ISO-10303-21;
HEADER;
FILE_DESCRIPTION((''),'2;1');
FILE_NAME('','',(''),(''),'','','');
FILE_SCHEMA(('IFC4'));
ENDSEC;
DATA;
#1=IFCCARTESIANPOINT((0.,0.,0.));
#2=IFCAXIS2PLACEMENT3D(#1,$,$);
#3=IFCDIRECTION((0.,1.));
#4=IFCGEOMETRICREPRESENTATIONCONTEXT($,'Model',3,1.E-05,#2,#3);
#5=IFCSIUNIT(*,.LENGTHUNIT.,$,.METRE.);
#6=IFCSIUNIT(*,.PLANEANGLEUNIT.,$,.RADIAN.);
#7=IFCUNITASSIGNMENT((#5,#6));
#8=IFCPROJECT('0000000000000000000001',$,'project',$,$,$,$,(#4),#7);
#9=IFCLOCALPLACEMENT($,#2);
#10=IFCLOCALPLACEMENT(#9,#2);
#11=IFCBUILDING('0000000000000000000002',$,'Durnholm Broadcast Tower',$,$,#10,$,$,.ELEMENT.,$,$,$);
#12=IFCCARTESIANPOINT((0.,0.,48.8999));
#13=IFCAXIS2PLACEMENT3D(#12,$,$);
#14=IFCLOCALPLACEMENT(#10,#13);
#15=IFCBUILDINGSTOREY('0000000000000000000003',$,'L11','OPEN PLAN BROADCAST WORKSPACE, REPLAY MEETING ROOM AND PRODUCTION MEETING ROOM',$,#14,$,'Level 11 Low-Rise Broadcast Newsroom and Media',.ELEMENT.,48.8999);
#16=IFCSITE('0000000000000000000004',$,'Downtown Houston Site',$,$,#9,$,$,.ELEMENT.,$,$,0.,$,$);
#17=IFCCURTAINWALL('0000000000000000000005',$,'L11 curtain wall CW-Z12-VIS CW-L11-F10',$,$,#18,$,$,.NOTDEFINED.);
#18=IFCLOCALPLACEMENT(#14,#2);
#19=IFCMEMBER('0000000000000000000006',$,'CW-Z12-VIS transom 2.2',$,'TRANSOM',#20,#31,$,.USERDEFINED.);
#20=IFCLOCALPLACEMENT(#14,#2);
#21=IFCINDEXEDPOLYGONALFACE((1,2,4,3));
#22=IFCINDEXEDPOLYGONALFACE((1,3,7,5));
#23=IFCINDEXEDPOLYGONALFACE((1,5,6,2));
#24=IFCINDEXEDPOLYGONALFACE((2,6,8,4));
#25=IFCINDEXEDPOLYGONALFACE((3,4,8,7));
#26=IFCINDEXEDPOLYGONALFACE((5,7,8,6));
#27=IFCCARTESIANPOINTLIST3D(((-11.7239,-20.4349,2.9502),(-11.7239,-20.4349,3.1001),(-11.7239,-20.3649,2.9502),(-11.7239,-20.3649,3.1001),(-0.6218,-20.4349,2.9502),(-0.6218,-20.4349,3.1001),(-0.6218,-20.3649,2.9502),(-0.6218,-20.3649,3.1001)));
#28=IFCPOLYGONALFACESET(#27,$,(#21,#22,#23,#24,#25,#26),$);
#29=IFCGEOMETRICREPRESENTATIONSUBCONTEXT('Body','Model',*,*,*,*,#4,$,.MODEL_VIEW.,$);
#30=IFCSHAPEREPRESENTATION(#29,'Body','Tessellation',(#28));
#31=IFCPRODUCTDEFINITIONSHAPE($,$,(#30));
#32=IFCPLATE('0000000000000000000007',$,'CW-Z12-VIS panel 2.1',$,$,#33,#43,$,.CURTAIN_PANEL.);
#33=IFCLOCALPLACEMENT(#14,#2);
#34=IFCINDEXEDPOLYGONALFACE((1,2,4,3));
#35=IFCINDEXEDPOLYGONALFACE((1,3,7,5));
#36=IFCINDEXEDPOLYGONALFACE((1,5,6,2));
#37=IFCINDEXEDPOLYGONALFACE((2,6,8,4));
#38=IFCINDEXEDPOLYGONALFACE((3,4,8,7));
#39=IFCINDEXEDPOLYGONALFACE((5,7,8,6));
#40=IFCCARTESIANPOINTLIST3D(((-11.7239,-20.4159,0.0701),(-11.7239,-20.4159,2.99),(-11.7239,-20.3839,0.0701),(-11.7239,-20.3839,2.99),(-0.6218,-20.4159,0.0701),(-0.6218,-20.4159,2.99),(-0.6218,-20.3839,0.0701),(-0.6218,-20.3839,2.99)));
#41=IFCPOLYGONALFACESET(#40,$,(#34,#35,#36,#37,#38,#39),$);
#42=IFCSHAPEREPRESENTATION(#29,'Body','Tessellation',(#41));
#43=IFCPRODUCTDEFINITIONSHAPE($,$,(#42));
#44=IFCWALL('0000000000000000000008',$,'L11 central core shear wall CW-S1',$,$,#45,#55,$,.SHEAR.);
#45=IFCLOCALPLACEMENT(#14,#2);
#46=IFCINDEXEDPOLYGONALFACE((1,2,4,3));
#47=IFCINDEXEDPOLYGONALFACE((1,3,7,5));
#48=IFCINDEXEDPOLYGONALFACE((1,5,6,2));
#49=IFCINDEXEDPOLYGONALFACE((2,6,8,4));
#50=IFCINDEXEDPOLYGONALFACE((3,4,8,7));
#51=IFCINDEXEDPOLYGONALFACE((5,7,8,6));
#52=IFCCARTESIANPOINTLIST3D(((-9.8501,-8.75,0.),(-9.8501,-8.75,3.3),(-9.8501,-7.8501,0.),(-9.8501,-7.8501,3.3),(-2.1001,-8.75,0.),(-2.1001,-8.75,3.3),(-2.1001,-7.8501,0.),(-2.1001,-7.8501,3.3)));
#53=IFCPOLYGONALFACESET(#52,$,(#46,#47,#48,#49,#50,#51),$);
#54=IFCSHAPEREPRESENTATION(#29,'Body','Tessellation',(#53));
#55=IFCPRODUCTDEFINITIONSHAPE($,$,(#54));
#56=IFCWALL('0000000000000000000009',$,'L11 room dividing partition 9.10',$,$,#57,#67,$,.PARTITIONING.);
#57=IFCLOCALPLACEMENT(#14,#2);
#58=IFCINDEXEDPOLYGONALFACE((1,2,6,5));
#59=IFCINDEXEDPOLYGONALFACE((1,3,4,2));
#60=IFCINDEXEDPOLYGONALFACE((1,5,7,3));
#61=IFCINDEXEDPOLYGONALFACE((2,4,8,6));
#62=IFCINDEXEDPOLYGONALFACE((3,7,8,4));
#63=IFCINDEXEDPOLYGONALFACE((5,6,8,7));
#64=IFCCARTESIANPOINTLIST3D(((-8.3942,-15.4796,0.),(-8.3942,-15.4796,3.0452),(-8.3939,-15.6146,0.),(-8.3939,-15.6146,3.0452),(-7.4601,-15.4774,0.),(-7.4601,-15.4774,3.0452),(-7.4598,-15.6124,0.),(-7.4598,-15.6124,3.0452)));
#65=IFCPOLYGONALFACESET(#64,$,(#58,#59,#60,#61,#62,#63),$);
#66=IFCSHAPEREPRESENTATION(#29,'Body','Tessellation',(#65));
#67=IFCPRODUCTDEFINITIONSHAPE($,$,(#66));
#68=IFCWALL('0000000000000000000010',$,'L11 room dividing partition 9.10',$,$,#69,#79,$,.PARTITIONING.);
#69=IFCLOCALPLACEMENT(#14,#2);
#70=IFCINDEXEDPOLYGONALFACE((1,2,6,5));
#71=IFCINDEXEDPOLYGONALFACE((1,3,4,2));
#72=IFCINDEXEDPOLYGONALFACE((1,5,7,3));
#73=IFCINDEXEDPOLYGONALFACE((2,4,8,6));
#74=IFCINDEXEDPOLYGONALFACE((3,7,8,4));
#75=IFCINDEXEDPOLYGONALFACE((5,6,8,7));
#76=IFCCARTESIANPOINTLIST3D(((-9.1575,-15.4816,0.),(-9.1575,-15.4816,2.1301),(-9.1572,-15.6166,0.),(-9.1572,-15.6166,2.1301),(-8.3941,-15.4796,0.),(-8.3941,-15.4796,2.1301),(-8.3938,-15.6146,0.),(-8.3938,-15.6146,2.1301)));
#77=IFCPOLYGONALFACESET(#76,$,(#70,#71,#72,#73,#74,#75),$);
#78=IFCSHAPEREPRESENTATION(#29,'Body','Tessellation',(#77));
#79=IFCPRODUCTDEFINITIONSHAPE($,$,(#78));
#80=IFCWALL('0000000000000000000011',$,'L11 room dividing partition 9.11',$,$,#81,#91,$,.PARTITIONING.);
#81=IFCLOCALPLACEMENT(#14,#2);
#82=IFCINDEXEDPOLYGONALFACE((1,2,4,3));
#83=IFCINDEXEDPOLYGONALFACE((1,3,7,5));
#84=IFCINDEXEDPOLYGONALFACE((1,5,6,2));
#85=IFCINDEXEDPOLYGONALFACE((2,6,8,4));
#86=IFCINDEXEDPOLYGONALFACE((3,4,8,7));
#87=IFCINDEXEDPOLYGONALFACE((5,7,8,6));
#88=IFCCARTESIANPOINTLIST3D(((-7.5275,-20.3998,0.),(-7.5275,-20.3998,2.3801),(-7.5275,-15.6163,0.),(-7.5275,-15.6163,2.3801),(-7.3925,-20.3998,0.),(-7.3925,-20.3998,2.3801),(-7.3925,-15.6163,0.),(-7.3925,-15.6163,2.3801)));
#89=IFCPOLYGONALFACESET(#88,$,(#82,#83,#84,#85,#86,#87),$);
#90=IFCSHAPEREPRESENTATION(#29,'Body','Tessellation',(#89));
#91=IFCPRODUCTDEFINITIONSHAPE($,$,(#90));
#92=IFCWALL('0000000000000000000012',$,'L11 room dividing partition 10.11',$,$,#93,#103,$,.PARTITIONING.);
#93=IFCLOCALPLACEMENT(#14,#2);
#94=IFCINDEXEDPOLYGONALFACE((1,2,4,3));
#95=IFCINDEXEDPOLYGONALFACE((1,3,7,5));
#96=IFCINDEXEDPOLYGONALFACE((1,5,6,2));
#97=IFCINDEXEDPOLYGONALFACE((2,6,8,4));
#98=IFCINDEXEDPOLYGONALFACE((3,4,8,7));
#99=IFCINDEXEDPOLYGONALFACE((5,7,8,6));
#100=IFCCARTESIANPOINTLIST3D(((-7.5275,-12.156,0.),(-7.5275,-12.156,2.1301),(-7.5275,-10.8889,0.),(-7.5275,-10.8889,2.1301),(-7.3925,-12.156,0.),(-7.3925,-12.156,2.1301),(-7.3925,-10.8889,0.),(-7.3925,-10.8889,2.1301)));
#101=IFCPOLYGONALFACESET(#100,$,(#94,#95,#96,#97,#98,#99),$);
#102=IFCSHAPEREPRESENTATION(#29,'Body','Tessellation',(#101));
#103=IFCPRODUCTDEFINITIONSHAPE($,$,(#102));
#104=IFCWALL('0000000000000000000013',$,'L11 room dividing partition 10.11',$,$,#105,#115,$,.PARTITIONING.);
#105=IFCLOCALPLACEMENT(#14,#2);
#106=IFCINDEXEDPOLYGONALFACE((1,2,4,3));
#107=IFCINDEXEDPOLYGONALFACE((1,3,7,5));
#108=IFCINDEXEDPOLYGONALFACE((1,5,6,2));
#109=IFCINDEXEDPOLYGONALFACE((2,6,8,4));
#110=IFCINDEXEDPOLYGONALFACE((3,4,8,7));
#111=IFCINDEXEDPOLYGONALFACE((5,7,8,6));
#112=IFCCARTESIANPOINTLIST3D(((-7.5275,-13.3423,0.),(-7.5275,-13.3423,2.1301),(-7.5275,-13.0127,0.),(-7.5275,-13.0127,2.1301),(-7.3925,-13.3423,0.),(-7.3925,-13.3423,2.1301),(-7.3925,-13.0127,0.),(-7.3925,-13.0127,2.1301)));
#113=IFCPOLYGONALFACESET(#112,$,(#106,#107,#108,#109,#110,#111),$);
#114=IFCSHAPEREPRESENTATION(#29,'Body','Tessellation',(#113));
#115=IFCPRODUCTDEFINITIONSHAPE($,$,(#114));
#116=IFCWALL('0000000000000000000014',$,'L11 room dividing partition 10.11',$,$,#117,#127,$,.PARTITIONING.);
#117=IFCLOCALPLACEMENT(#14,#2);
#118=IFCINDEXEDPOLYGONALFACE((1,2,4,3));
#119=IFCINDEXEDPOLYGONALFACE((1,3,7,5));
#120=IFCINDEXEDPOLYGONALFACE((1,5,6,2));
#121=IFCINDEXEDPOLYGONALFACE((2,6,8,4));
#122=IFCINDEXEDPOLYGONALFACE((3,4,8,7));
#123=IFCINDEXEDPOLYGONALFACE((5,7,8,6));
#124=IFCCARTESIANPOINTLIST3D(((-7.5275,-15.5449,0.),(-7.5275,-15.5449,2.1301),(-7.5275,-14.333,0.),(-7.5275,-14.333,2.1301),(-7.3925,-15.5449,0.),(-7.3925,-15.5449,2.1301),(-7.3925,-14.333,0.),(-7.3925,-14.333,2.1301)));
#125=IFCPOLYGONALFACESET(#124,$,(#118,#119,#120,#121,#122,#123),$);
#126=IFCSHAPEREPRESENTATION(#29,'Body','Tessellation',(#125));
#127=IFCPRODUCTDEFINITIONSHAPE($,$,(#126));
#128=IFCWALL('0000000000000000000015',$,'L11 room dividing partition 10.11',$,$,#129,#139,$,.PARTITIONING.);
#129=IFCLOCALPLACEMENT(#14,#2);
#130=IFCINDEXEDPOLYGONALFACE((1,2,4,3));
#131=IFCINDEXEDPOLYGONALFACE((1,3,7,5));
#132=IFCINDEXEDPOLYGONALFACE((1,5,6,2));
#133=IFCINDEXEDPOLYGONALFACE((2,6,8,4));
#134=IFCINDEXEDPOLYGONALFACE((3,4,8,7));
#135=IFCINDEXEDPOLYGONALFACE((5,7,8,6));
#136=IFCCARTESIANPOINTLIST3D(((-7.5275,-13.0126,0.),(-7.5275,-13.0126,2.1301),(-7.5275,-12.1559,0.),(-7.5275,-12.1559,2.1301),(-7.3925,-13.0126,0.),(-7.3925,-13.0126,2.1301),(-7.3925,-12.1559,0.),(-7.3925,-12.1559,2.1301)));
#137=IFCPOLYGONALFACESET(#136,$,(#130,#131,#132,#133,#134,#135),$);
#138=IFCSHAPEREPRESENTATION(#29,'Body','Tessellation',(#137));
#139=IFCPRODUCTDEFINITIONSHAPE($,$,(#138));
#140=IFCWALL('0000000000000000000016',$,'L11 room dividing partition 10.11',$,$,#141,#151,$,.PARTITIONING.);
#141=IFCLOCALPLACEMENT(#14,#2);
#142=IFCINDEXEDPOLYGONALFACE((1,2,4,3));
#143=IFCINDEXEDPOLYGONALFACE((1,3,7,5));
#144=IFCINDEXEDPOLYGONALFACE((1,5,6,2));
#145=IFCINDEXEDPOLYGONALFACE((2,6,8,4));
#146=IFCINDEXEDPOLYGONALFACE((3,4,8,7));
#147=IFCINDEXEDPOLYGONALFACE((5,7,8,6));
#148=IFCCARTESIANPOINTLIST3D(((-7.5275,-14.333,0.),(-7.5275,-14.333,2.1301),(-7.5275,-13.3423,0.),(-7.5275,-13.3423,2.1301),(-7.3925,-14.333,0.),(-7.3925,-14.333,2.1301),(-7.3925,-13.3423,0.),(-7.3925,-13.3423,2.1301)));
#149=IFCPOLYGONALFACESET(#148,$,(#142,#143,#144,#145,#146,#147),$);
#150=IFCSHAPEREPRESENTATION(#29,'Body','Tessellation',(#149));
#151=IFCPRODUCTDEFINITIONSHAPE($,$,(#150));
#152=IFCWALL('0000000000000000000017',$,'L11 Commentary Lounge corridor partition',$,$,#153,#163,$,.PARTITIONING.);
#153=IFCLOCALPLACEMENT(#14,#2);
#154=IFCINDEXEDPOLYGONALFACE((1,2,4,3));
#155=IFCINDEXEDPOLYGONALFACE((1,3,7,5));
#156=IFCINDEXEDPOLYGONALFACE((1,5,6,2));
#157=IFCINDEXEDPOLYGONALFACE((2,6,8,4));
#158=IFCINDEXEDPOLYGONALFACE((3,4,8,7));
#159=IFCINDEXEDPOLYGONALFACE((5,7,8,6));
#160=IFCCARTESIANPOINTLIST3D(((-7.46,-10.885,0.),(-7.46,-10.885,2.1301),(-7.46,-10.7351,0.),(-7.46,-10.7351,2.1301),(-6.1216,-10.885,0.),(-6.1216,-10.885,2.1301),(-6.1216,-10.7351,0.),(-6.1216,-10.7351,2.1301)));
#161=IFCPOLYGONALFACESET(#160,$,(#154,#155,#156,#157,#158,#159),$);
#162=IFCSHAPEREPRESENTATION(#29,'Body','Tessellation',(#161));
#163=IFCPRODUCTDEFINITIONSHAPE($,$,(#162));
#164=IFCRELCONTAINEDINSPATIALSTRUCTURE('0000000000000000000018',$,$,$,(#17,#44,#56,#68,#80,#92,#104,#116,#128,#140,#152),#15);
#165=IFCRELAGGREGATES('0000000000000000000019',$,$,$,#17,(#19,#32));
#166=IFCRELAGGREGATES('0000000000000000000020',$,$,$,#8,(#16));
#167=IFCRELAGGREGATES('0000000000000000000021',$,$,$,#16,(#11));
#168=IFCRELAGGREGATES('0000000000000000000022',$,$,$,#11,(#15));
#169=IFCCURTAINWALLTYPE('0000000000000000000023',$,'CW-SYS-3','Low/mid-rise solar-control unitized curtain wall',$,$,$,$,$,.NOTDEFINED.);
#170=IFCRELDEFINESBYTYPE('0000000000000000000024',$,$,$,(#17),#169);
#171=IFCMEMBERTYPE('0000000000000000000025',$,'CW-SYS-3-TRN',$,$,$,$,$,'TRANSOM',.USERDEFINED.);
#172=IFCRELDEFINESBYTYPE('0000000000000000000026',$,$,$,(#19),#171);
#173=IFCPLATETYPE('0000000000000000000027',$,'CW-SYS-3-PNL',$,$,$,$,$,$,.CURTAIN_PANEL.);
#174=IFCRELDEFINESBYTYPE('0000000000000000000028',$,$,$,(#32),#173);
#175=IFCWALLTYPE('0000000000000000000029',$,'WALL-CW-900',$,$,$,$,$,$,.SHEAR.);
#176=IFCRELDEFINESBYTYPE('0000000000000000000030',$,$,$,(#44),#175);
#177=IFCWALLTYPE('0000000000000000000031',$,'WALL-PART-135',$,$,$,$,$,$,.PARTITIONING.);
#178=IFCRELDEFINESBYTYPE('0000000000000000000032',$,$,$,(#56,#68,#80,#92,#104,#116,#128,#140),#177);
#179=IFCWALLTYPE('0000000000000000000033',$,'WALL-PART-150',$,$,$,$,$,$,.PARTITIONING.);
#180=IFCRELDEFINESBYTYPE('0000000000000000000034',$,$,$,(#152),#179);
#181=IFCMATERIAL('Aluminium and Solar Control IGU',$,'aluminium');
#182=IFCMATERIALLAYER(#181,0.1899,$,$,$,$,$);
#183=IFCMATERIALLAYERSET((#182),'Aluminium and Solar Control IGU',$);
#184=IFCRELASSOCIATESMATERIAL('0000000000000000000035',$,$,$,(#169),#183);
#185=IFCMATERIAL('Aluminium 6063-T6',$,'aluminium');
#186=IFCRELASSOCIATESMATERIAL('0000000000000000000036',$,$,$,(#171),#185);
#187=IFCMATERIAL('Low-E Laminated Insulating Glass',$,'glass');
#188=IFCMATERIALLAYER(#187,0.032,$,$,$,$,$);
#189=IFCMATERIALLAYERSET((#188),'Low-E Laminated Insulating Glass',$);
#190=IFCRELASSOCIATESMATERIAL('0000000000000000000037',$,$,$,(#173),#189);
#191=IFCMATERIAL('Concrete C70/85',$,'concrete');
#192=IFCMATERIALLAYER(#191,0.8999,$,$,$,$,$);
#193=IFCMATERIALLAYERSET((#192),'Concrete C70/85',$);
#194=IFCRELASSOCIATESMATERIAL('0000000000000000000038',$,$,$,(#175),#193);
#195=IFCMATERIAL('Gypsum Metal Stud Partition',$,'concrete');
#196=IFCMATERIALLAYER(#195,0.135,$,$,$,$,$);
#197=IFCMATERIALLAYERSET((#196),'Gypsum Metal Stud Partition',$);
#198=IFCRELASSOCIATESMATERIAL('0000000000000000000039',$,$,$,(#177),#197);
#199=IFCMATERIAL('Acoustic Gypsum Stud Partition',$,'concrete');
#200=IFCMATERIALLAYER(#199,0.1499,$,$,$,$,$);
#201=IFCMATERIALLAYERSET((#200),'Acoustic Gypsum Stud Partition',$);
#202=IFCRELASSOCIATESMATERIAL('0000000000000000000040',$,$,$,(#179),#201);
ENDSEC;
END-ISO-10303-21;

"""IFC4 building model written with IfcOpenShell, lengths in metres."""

from ifc_helpers import new_model, si_unit, direction, frame, frame_2d, origin, origin_2d, place, context, subcontext, project, spatial, rectangle, extrude, source, transform, mapped, material, layer, layer_set, material_profile, profile_set, type_object, type_shapes, element, aggregate, save


model = new_model("IFC4")

# Units and contexts
model_context = context("Model", 3, precision=1e-05, world=origin(), true_north=direction((0.0, 1.0)))
body_context = subcontext(model_context, "Body", "Model", "MODEL_VIEW")
ifc_project = project(units=[si_unit("LENGTHUNIT", "METRE"), si_unit("PLANEANGLEUNIT", "RADIAN")], contexts=[model_context])

# Site, building, storey
site_placement = place(None, origin())
site = spatial("IfcSite", under=ifc_project, at=site_placement, Name="Downtown Houston Site", CompositionType="ELEMENT", RefElevation=0.0)
building_placement = place(site_placement, origin())
building = spatial("IfcBuilding", under=site, at=building_placement, Name="Durnholm Broadcast Tower", CompositionType="ELEMENT")
storey_placement = place(building_placement, frame((0.0, 0.0, 48.8999)))
storey = spatial("IfcBuildingStorey", under=building, at=storey_placement, Name="L11", Description="OPEN PLAN BROADCAST WORKSPACE, REPLAY MEETING ROOM AND PRODUCTION MEETING ROOM", LongName="Level 11 Low-Rise Broadcast Newsroom and Media", CompositionType="ELEMENT", Elevation=48.8999)

# Curtain wall, member, plate
ifc_material_1 = material(Name="Aluminium and Solar Control IGU", Category="aluminium")
ifc_layer_1 = layer(ifc_material_1, 0.1899)
ifc_layer_set_1 = layer_set([ifc_layer_1], Name="Aluminium and Solar Control IGU")
curtain_wall_type = type_object("IfcCurtainWallType", Name="CW-SYS-3", Description="Low/mid-rise solar-control unitized curtain wall", PredefinedType="NOTDEFINED", material=ifc_layer_set_1)
curtain_wall_placement = place(storey_placement, origin())
curtain_wall = element("IfcCurtainWall", 1, at=curtain_wall_placement, inside=storey, type_object=curtain_wall_type, Name="L11 curtain wall CW-Z12-VIS CW-L11-F10", PredefinedType="NOTDEFINED")
ifc_material_2 = material(Name="Aluminium 6063-T6", Category="aluminium")
ifc_material_profile_1 = material_profile(ifc_material_2, rectangle(XDim=0.0701, YDim=0.1499, at=origin_2d()), Name="CWT70X150")
ifc_profile_set_1 = profile_set([ifc_material_profile_1], Name="Aluminium 6063-T6")
member_type_1 = type_object("IfcMemberType", Name="CW-SYS-3-TRN", ElementType="TRANSOM", PredefinedType="USERDEFINED", material=ifc_profile_set_1)
shared_shape_1 = source(origin(), body_context, "Body", "SweptSolid", [
    extrude(rectangle(XDim=0.0701, YDim=0.1499, at=origin_2d()), origin(), (0.0, 0.0, 1.0), 11.1021),
])
type_shapes(member_type_1, [shared_shape_1])
member_1_placement = place(storey_placement, frame((-0.6218, -20.3999, 3.0251), z_axis=(-1.0, 0.0, 0.0), x_axis=(0.0, -1.0, 0.0)))
member_1 = element("IfcMember", 2, at=member_1_placement, type_object=member_type_1, Name="CW-Z12-VIS transom 2.2", ObjectType="TRANSOM", PredefinedType="USERDEFINED", context=body_context, shape_type="MappedRepresentation", body=[
    mapped(shared_shape_1, transform((0.0, 0.0, 0.0), x_axis=(1.0, 0.0, 0.0), y_axis=(0.0, 1.0, 0.0), z_axis=(0.0, 0.0, 1.0), scale=1.0)),
])
ifc_material_3 = material(Name="Low-E Laminated Insulating Glass", Category="glass")
ifc_layer_2 = layer(ifc_material_3, 0.032)
ifc_layer_set_2 = layer_set([ifc_layer_2], Name="Low-E Laminated Insulating Glass")
plate_type = type_object("IfcPlateType", Name="CW-SYS-3-PNL", PredefinedType="CURTAIN_PANEL", material=ifc_layer_set_2)
shared_shape_2 = source(origin(), body_context, "Body", "SweptSolid", [
    extrude(rectangle(XDim=11.1021, YDim=0.032, at=origin_2d()), origin(), (0.0, 0.0, 1.0), 2.9199),
])
type_shapes(plate_type, [shared_shape_2])
plate_placement = place(storey_placement, frame((-6.1729, -20.3999, 0.0701), z_axis=(0.0, 0.0, 1.0), x_axis=(-1.0, 0.0, 0.0)))
plate = element("IfcPlate", 3, at=plate_placement, type_object=plate_type, Name="CW-Z12-VIS panel 2.1", PredefinedType="CURTAIN_PANEL", context=body_context, shape_type="MappedRepresentation", body=[
    mapped(shared_shape_2, transform((0.0, 0.0, 0.0), x_axis=(1.0, 0.0, 0.0), y_axis=(0.0, 1.0, 0.0), z_axis=(0.0, 0.0, 1.0), scale=1.0)),
])
aggregate(curtain_wall, [member_1, plate])

# Walls
ifc_material_4 = material(Name="Concrete C70/85", Category="concrete")
ifc_layer_3 = layer(ifc_material_4, 0.8999)
ifc_layer_set_3 = layer_set([ifc_layer_3], Name="Concrete C70/85")
wall_type_1 = type_object("IfcWallType", Name="WALL-CW-900", PredefinedType="SHEAR", material=ifc_layer_set_3)
wall_1_placement = place(storey_placement, frame((-9.8501, -8.3, 0.0), z_axis=(0.0, 0.0, 1.0), x_axis=(1.0, 0.0, 0.0)))
element("IfcWall", 4, at=wall_1_placement, inside=storey, type_object=wall_type_1, Name="L11 central core shear wall CW-S1", PredefinedType="SHEAR", context=body_context, shape_type="SweptSolid", body=[
    extrude(rectangle(XDim=7.75, YDim=0.8999, at=frame_2d((3.875, 0.0))), origin(), (0.0, 0.0, 1.0), 3.3),
])
ifc_material_5 = material(Name="Gypsum Metal Stud Partition", Category="concrete")
ifc_layer_4 = layer(ifc_material_5, 0.135)
ifc_layer_set_4 = layer_set([ifc_layer_4], Name="Gypsum Metal Stud Partition")
wall_type_2 = type_object("IfcWallType", Name="WALL-PART-135", PredefinedType="PARTITIONING", material=ifc_layer_set_4)
wall_2_placement = place(storey_placement, frame((-8.394, -15.5471, 0.0), z_axis=(0.0, 0.0, 1.0), x_axis=(0.999997, 0.002352, 0.0)))
element("IfcWall", 5, at=wall_2_placement, inside=storey, type_object=wall_type_2, Name="L11 room dividing partition 9.10", PredefinedType="PARTITIONING", context=body_context, shape_type="SweptSolid", body=[
    extrude(rectangle(XDim=0.9341, YDim=0.135, at=frame_2d((0.467, 0.0))), origin(), (0.0, 0.0, 1.0), 3.0452),
])
wall_3_placement = place(storey_placement, frame((-9.1575, -15.5491, 0.0), z_axis=(0.0, 0.0, 1.0), x_axis=(0.999997, 0.002558, 0.0)))
element("IfcWall", 6, at=wall_3_placement, inside=storey, type_object=wall_type_2, Name="L11 room dividing partition 9.10", PredefinedType="PARTITIONING", context=body_context, shape_type="SweptSolid", body=[
    extrude(rectangle(XDim=0.7634, YDim=0.135, at=frame_2d((0.3818, 0.0))), origin(), (0.0, 0.0, 1.0), 2.1301),
])
wall_4_placement = place(storey_placement, frame((-7.46, -15.6165, 0.0), z_axis=(0.0, 0.0, 1.0), x_axis=(0.0, -1.0, 0.0)))
element("IfcWall", 7, at=wall_4_placement, inside=storey, type_object=wall_type_2, Name="L11 room dividing partition 9.11", PredefinedType="PARTITIONING", context=body_context, shape_type="SweptSolid", body=[
    extrude(rectangle(XDim=4.7834, YDim=0.135, at=frame_2d((2.3916, 0.0))), origin(), (0.0, 0.0, 1.0), 2.3801),
])
wall_5_placement = place(storey_placement, frame((-7.46, -10.8889, 0.0), z_axis=(0.0, 0.0, 1.0), x_axis=(0.0, -1.0, 0.0)))
element("IfcWall", 8, at=wall_5_placement, inside=storey, type_object=wall_type_2, Name="L11 room dividing partition 10.11", PredefinedType="PARTITIONING", context=body_context, shape_type="SweptSolid", body=[
    extrude(rectangle(XDim=1.2671, YDim=0.135, at=frame_2d((0.6335, 0.0))), origin(), (0.0, 0.0, 1.0), 2.1301),
])
wall_6_placement = place(storey_placement, frame((-7.46, -13.0127, 0.0), z_axis=(0.0, 0.0, 1.0), x_axis=(0.0, -1.0, 0.0)))
element("IfcWall", 9, at=wall_6_placement, inside=storey, type_object=wall_type_2, Name="L11 room dividing partition 10.11", PredefinedType="PARTITIONING", context=body_context, shape_type="SweptSolid", body=[
    extrude(rectangle(XDim=0.3296, YDim=0.135, at=frame_2d((0.1648, 0.0))), origin(), (0.0, 0.0, 1.0), 2.1301),
])
wall_7_placement = place(storey_placement, frame((-7.46, -14.333, 0.0), z_axis=(0.0, 0.0, 1.0), x_axis=(0.0, -1.0, 0.0)))
element("IfcWall", 10, at=wall_7_placement, inside=storey, type_object=wall_type_2, Name="L11 room dividing partition 10.11", PredefinedType="PARTITIONING", context=body_context, shape_type="SweptSolid", body=[
    extrude(rectangle(XDim=1.2119, YDim=0.135, at=frame_2d((0.606, 0.0))), origin(), (0.0, 0.0, 1.0), 2.1301),
])
wall_8_placement = place(storey_placement, frame((-7.46, -12.156, 0.0), z_axis=(0.0, 0.0, 1.0), x_axis=(0.0, -1.0, 0.0)))
element("IfcWall", 11, at=wall_8_placement, inside=storey, type_object=wall_type_2, Name="L11 room dividing partition 10.11", PredefinedType="PARTITIONING", context=body_context, shape_type="SweptSolid", body=[
    extrude(rectangle(XDim=0.8567, YDim=0.135, at=frame_2d((0.4282, 0.0))), origin(), (0.0, 0.0, 1.0), 2.1301),
])
wall_9_placement = place(storey_placement, frame((-7.46, -13.3423, 0.0), z_axis=(0.0, 0.0, 1.0), x_axis=(0.0, -1.0, 0.0)))
element("IfcWall", 12, at=wall_9_placement, inside=storey, type_object=wall_type_2, Name="L11 room dividing partition 10.11", PredefinedType="PARTITIONING", context=body_context, shape_type="SweptSolid", body=[
    extrude(rectangle(XDim=0.9907, YDim=0.135, at=frame_2d((0.4954, 0.0))), origin(), (0.0, 0.0, 1.0), 2.1301),
])
ifc_material_6 = material(Name="Acoustic Gypsum Stud Partition", Category="concrete")
ifc_layer_5 = layer(ifc_material_6, 0.1499)
ifc_layer_set_5 = layer_set([ifc_layer_5], Name="Acoustic Gypsum Stud Partition")
wall_type_3 = type_object("IfcWallType", Name="WALL-PART-150", PredefinedType="PARTITIONING", material=ifc_layer_set_5)
wall_10_placement = place(storey_placement, frame((-7.46, -10.8101, 0.0), z_axis=(0.0, 0.0, 1.0), x_axis=(1.0, 0.0, 0.0)))
element("IfcWall", 13, at=wall_10_placement, inside=storey, type_object=wall_type_3, Name="L11 Commentary Lounge corridor partition", PredefinedType="PARTITIONING", context=body_context, shape_type="SweptSolid", body=[
    extrude(rectangle(XDim=1.3384, YDim=0.1499, at=frame_2d((0.6692, 0.0))), origin(), (0.0, 0.0, 1.0), 2.1301),
])

save(model, "model.ifc")
